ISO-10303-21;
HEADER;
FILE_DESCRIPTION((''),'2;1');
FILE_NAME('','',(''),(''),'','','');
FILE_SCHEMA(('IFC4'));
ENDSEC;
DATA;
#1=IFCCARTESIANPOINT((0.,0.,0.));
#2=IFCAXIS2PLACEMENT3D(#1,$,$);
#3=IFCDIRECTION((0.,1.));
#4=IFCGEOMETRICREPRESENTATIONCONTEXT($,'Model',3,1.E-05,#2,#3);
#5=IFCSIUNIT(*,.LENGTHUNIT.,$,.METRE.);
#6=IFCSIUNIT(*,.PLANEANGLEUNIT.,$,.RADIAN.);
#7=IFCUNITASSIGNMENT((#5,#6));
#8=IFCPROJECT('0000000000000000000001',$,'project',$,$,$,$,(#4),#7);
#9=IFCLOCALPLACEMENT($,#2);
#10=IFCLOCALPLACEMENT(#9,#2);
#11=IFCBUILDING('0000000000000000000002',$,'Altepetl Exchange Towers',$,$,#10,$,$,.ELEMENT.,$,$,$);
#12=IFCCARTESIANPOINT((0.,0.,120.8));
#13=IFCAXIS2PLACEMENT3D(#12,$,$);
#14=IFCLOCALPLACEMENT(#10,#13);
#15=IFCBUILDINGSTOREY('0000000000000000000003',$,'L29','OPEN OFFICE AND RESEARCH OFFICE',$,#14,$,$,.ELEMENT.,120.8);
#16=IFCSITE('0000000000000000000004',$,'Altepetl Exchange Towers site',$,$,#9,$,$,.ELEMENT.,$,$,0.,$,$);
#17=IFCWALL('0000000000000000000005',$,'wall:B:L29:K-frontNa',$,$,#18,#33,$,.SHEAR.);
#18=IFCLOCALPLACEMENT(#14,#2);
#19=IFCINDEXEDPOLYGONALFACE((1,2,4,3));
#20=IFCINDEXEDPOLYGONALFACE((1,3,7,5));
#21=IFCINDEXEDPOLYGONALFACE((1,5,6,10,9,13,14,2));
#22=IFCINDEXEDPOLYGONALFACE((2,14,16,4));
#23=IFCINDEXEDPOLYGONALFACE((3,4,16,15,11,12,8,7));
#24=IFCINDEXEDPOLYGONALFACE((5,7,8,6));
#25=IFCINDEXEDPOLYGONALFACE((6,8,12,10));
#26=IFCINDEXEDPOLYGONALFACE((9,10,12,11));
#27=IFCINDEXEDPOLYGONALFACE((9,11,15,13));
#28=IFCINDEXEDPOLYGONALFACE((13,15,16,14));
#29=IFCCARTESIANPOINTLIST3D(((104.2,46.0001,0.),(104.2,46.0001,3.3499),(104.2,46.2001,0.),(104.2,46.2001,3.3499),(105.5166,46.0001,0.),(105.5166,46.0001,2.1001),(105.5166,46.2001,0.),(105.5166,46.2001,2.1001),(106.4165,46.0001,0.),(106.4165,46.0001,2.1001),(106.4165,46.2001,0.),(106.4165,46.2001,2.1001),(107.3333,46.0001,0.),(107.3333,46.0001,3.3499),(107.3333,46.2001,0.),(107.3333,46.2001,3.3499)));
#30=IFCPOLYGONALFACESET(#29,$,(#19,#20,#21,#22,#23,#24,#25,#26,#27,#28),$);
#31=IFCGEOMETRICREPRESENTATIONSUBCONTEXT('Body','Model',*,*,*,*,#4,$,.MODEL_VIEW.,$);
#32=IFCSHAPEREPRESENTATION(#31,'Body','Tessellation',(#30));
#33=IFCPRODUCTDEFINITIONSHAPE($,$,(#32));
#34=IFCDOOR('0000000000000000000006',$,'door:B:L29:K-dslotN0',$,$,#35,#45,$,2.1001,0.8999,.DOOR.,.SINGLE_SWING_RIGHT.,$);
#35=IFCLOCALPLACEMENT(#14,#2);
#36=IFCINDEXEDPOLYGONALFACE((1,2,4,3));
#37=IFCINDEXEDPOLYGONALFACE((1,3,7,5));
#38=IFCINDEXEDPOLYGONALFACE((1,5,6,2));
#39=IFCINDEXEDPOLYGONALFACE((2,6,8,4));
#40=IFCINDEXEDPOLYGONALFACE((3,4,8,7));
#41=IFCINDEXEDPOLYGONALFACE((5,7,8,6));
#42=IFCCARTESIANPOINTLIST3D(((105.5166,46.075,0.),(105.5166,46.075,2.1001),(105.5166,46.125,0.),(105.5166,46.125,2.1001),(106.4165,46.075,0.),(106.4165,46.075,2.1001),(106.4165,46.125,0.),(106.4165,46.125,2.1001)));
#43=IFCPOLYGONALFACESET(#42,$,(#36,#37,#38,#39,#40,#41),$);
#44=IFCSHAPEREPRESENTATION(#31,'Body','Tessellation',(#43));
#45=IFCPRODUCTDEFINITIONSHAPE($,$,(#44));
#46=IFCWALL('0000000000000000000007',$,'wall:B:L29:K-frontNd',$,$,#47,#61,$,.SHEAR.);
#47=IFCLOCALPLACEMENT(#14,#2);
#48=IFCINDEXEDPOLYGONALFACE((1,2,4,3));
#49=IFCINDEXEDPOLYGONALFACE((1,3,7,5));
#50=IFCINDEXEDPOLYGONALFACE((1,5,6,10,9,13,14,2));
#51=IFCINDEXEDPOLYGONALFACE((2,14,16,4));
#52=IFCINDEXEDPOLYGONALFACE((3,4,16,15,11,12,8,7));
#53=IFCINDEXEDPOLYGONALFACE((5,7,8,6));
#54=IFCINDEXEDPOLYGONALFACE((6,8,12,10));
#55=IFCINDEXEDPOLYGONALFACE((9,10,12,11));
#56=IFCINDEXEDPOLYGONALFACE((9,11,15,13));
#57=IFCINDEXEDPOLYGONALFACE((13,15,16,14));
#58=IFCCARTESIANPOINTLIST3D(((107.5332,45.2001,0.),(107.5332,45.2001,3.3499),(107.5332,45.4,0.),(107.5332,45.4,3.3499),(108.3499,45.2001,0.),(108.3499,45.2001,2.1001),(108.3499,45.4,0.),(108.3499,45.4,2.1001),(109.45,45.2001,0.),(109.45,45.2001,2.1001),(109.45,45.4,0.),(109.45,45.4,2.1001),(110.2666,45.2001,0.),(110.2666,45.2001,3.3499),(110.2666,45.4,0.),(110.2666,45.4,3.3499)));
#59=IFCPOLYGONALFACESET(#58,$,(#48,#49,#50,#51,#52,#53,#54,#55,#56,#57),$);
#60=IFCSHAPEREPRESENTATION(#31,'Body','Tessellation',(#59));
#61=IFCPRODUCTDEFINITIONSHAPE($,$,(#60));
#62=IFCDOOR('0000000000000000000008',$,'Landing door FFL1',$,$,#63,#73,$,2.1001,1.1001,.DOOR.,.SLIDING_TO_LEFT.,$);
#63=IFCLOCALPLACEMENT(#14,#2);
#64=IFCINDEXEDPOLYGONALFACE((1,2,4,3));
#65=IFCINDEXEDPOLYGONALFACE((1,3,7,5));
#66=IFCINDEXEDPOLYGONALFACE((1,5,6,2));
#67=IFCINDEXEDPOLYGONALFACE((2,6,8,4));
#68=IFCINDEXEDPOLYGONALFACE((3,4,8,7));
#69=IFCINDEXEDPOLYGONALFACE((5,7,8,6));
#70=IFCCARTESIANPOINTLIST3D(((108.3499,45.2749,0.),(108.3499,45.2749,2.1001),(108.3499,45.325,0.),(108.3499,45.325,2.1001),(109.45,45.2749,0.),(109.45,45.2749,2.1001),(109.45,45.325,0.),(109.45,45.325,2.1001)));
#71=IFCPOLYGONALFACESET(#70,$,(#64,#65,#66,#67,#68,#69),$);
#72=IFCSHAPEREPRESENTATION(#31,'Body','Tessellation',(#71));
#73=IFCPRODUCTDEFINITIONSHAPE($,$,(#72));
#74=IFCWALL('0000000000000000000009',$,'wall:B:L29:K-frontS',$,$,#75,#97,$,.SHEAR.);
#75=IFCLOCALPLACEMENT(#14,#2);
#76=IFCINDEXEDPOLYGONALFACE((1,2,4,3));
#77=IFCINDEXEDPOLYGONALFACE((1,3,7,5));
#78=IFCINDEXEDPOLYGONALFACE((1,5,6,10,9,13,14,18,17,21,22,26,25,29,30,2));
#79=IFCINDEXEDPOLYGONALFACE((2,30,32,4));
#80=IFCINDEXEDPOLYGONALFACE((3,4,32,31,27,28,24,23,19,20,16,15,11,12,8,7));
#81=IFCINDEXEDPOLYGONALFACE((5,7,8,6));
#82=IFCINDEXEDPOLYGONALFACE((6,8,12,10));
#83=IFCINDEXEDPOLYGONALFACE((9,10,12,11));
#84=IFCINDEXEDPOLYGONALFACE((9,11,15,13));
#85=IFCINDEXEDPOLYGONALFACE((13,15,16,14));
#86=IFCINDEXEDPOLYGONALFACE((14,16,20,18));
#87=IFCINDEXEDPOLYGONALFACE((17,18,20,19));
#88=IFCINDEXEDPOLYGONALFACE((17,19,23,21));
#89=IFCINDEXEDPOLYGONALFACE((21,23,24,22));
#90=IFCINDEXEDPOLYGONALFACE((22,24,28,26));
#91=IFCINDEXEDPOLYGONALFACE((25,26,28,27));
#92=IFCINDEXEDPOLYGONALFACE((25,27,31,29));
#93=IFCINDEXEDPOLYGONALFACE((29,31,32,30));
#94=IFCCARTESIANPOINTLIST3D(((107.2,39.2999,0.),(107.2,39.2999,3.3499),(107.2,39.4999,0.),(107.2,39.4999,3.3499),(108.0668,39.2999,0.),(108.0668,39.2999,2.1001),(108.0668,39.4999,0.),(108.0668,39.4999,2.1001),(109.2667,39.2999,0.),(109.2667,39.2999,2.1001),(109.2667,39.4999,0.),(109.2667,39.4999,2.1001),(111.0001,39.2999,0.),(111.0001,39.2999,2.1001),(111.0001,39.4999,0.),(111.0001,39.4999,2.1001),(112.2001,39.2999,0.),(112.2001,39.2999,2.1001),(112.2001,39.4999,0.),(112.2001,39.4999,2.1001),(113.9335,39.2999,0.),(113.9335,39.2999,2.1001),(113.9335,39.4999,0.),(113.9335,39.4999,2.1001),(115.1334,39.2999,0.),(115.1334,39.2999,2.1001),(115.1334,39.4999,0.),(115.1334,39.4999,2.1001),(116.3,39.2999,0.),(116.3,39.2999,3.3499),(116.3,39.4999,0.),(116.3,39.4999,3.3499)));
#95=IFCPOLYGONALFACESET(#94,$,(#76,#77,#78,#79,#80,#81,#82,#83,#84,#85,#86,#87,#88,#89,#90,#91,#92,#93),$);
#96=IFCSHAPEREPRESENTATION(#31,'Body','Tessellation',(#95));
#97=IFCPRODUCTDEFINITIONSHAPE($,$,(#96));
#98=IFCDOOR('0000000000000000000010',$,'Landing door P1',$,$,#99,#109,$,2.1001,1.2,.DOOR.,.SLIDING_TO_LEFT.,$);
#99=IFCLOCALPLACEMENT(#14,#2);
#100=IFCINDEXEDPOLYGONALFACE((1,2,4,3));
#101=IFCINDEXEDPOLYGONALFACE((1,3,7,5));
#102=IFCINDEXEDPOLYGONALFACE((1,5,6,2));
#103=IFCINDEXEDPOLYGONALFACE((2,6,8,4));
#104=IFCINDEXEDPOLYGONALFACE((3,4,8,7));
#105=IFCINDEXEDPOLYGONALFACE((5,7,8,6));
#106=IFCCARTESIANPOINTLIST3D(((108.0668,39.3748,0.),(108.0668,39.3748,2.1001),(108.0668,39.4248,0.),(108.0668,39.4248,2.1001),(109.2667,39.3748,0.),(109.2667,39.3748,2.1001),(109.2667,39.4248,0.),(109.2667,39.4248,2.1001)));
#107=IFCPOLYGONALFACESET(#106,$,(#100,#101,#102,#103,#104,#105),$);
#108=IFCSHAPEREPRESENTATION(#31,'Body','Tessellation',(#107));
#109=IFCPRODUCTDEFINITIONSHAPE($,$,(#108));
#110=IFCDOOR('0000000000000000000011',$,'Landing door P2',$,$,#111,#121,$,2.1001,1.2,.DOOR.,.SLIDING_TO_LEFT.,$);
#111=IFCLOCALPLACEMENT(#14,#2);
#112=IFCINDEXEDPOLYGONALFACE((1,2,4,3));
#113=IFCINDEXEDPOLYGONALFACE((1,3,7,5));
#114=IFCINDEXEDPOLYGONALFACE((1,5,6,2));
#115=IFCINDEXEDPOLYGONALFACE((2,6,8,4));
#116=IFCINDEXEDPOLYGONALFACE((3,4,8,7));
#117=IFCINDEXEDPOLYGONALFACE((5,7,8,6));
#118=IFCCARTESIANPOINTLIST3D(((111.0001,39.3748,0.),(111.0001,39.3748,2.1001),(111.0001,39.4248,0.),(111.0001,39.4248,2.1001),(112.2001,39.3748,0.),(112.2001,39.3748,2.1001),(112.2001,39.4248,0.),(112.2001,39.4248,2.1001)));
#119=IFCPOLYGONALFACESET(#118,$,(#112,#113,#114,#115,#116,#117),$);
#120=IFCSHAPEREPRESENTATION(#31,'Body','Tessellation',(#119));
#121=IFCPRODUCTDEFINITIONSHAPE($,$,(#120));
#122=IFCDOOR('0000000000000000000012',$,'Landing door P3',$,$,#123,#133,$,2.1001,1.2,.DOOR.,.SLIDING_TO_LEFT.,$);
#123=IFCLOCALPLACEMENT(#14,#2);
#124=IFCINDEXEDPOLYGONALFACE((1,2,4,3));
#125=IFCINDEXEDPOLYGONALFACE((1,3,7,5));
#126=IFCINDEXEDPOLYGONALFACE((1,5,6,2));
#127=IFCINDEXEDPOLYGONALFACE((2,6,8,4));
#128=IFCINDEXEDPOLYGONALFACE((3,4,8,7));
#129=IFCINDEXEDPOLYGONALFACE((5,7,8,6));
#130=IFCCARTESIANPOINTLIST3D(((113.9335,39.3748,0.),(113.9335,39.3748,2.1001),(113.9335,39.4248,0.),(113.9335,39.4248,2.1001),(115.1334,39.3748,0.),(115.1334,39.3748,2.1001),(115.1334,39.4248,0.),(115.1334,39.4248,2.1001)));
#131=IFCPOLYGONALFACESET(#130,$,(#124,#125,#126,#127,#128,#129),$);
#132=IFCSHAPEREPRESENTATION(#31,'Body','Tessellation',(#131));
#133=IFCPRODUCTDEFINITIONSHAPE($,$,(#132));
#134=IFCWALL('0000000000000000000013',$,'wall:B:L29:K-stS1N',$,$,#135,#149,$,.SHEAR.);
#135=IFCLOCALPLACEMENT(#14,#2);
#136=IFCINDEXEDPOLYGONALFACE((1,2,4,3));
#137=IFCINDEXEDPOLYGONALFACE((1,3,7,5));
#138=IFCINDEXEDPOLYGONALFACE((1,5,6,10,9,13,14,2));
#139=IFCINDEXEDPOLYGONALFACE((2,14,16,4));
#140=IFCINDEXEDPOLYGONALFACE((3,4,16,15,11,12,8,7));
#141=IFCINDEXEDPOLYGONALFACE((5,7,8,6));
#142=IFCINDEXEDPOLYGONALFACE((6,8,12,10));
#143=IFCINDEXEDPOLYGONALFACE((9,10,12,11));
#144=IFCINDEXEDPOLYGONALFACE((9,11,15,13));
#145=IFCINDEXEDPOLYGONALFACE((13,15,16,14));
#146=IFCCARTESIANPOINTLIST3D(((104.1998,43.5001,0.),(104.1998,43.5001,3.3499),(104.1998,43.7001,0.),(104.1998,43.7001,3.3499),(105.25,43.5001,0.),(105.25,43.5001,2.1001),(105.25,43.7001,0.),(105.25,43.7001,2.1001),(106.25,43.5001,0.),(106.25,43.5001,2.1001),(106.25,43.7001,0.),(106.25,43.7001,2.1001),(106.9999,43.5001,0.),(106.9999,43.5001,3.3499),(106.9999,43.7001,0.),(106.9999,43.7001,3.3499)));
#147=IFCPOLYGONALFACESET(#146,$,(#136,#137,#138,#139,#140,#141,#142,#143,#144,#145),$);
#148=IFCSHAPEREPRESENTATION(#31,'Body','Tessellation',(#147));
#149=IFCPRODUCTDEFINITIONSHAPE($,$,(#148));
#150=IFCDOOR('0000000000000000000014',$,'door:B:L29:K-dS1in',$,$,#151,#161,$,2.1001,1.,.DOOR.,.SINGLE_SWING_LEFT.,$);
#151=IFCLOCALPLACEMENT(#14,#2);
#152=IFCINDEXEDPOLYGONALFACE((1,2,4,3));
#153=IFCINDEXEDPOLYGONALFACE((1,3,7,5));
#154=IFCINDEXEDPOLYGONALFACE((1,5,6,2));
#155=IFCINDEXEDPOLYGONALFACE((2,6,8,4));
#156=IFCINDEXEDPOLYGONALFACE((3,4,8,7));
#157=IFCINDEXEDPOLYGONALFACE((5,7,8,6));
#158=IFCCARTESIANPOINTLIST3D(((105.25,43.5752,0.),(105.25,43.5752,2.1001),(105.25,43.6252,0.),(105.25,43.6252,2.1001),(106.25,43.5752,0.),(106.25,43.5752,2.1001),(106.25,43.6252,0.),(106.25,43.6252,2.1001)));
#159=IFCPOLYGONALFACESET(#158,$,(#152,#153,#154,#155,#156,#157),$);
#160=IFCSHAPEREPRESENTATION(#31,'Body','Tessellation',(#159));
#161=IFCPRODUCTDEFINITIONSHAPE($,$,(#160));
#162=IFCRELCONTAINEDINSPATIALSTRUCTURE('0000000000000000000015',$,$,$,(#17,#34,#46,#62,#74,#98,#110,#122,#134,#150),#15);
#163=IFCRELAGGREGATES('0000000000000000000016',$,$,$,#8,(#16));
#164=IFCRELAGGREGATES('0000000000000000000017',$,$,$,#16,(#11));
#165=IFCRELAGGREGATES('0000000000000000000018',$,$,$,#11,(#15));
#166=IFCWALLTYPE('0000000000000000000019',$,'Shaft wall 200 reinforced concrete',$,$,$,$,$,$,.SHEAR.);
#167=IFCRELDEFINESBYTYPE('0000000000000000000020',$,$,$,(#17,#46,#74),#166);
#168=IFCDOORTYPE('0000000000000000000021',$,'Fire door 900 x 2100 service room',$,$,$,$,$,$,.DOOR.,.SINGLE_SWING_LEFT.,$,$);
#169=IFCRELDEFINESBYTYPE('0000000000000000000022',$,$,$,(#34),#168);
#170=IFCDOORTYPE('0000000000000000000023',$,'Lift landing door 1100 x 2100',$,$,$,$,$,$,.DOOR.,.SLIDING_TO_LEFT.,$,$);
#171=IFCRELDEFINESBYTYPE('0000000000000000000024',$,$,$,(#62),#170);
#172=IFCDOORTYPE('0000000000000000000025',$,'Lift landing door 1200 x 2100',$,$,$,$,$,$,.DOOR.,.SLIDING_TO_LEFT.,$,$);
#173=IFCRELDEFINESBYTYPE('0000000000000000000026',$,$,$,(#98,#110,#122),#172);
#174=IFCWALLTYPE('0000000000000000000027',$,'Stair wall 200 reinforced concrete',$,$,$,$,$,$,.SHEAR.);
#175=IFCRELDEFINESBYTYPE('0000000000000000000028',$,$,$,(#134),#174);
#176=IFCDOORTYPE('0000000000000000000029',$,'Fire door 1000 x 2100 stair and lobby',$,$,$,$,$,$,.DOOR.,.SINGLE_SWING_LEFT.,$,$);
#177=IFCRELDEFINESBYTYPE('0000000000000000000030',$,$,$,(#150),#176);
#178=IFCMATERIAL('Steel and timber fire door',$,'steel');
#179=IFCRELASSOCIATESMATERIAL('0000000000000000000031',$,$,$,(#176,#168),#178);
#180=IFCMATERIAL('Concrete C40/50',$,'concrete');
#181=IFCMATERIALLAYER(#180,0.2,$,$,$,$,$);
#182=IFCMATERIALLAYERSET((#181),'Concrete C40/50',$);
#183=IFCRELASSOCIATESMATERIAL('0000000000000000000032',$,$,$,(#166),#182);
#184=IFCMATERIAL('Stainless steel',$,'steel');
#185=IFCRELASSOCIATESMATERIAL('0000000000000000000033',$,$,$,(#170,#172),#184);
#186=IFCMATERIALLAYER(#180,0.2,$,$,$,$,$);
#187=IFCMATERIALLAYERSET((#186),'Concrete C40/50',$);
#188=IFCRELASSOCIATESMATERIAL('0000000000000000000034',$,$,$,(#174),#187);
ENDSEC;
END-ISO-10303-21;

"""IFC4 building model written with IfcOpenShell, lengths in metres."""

from ifc_helpers import new_model, si_unit, direction, frame, frame_2d, origin, place, context, subcontext, project, spatial, rectangle, extrude, material, layer, layer_set, type_object, element, fill, save


model = new_model("IFC4")

# Units and contexts
model_context = context("Model", 3, precision=1e-05, world=origin(), true_north=direction((0.0, 1.0)))
body_context = subcontext(model_context, "Body", "Model", "MODEL_VIEW")
ifc_project = project(units=[si_unit("LENGTHUNIT", "METRE"), si_unit("PLANEANGLEUNIT", "RADIAN")], contexts=[model_context])

# Site, building, storey
site_placement = place(None, origin())
site = spatial("IfcSite", under=ifc_project, at=site_placement, Name="Altepetl Exchange Towers site", CompositionType="ELEMENT", RefElevation=0.0)
building_placement = place(site_placement, origin())
building = spatial("IfcBuilding", under=site, at=building_placement, Name="Altepetl Exchange Towers", CompositionType="ELEMENT")
storey_placement = place(building_placement, frame((0.0, 0.0, 120.8)))
storey = spatial("IfcBuildingStorey", under=building, at=storey_placement, Name="L29", Description="OPEN OFFICE AND RESEARCH OFFICE", CompositionType="ELEMENT", Elevation=120.8)

# Shared definitions
ifc_material_1 = material(Name="Steel and timber fire door", Category="steel")
door_type_1 = type_object("IfcDoorType", Name="Fire door 1000 x 2100 stair and lobby", OperationType="SINGLE_SWING_LEFT", PredefinedType="DOOR", material=ifc_material_1)
door_type_2 = type_object("IfcDoorType", Name="Fire door 900 x 2100 service room", OperationType="SINGLE_SWING_LEFT", PredefinedType="DOOR", material=ifc_material_1)

# Shared definitions
ifc_material_2 = material(Name="Concrete C40/50", Category="concrete")
ifc_layer_1 = layer(ifc_material_2, 0.2)
ifc_layer_set_1 = layer_set([ifc_layer_1], Name="Concrete C40/50")
wall_type_1 = type_object("IfcWallType", Name="Shaft wall 200 reinforced concrete", PredefinedType="SHEAR", material=ifc_layer_set_1)

# Walls, openings, doors
wall_1_placement = place(storey_placement, frame((104.2, 46.1001, 0.0)))
wall_1 = element("IfcWall", 1, at=wall_1_placement, inside=storey, type_object=wall_type_1, Name="wall:B:L29:K-frontNa", PredefinedType="SHEAR", context=body_context, shape_type="SweptSolid", body=[
    extrude(rectangle(XDim=3.1333, YDim=0.2, at=frame_2d((1.5667, 0.0))), origin(), (0.0, 0.0, 1.0), 3.3499),
])
opening_1_placement = place(wall_1_placement, frame((1.3167, 0.0, 0.0)))
opening_1 = element("IfcOpeningElement", 2, at=opening_1_placement, cuts=wall_1, PredefinedType="OPENING", context=body_context, shape_type="SweptSolid", body=[
    extrude(rectangle(XDim=0.8999, YDim=2.1001, at=frame_2d((0.45, 1.05))), frame((0.0, 0.1099, 0.0), z_axis=(0.0, -1.0, 0.0), x_axis=(1.0, 0.0, 0.0)), (0.0, 0.0, 1.0), 0.22),
])
door_1_placement = place(opening_1_placement, origin())
door_1 = element("IfcDoor", 3, at=door_1_placement, inside=storey, type_object=door_type_2, Name="door:B:L29:K-dslotN0", OperationType="SINGLE_SWING_RIGHT", OverallHeight=2.1001, OverallWidth=0.8999, PredefinedType="DOOR", context=body_context, shape_type="SweptSolid", body=[
    extrude(rectangle(XDim=0.8999, YDim=2.1001, at=frame_2d((0.45, 1.05))), frame((0.0, 0.0249, 0.0), z_axis=(0.0, -1.0, 0.0), x_axis=(1.0, 0.0, 0.0)), (0.0, 0.0, 1.0), 0.05),
])
fill(opening_1, door_1)
wall_2_placement = place(storey_placement, frame((107.5332, 45.3, 0.0)))
wall_2 = element("IfcWall", 4, at=wall_2_placement, inside=storey, type_object=wall_type_1, Name="wall:B:L29:K-frontNd", PredefinedType="SHEAR", context=body_context, shape_type="SweptSolid", body=[
    extrude(rectangle(XDim=2.7334, YDim=0.2, at=frame_2d((1.3667, 0.0))), origin(), (0.0, 0.0, 1.0), 3.3499),
])
opening_2_placement = place(wall_2_placement, frame((0.8167, 0.0, 0.0)))
opening_2 = element("IfcOpeningElement", 5, at=opening_2_placement, cuts=wall_2, PredefinedType="OPENING", context=body_context, shape_type="SweptSolid", body=[
    extrude(rectangle(XDim=1.1001, YDim=2.1001, at=frame_2d((0.55, 1.05))), frame((0.0, 0.1099, 0.0), z_axis=(0.0, -1.0, 0.0), x_axis=(1.0, 0.0, 0.0)), (0.0, 0.0, 1.0), 0.22),
])
ifc_material_3 = material(Name="Stainless steel", Category="steel")
door_type_3 = type_object("IfcDoorType", Name="Lift landing door 1100 x 2100", OperationType="SLIDING_TO_LEFT", PredefinedType="DOOR", material=ifc_material_3)
door_2_placement = place(opening_2_placement, origin())
door_2 = element("IfcDoor", 6, at=door_2_placement, inside=storey, type_object=door_type_3, Name="Landing door FFL1", OperationType="SLIDING_TO_LEFT", OverallHeight=2.1001, OverallWidth=1.1001, PredefinedType="DOOR", context=body_context, shape_type="SweptSolid", body=[
    extrude(rectangle(XDim=1.1001, YDim=2.1001, at=frame_2d((0.55, 1.05))), frame((0.0, 0.0249, 0.0), z_axis=(0.0, -1.0, 0.0), x_axis=(1.0, 0.0, 0.0)), (0.0, 0.0, 1.0), 0.05),
])
fill(opening_2, door_2)

# Wall, openings, doors
wall_3_placement = place(storey_placement, frame((107.2, 39.3999, 0.0)))
wall_3 = element("IfcWall", 7, at=wall_3_placement, inside=storey, type_object=wall_type_1, Name="wall:B:L29:K-frontS", PredefinedType="SHEAR", context=body_context, shape_type="SweptSolid", body=[
    extrude(rectangle(XDim=9.1001, YDim=0.2, at=frame_2d((4.55, 0.0))), origin(), (0.0, 0.0, 1.0), 3.3499),
])
opening_3_placement = place(wall_3_placement, frame((0.8667, 0.0, 0.0)))
opening_3 = element("IfcOpeningElement", 8, at=opening_3_placement, cuts=wall_3, PredefinedType="OPENING", context=body_context, shape_type="SweptSolid", body=[
    extrude(rectangle(XDim=1.2, YDim=2.1001, at=frame_2d((0.6001, 1.05))), frame((0.0, 0.1099, 0.0), z_axis=(0.0, -1.0, 0.0), x_axis=(1.0, 0.0, 0.0)), (0.0, 0.0, 1.0), 0.22),
])
opening_4_placement = place(wall_3_placement, frame((3.8, 0.0, 0.0)))
opening_4 = element("IfcOpeningElement", 9, at=opening_4_placement, cuts=wall_3, PredefinedType="OPENING", context=body_context, shape_type="SweptSolid", body=[
    extrude(rectangle(XDim=1.2, YDim=2.1001, at=frame_2d((0.6001, 1.05))), frame((0.0, 0.1099, 0.0), z_axis=(0.0, -1.0, 0.0), x_axis=(1.0, 0.0, 0.0)), (0.0, 0.0, 1.0), 0.22),
])
opening_5_placement = place(wall_3_placement, frame((6.7334, 0.0, 0.0)))
opening_5 = element("IfcOpeningElement", 10, at=opening_5_placement, cuts=wall_3, PredefinedType="OPENING", context=body_context, shape_type="SweptSolid", body=[
    extrude(rectangle(XDim=1.2, YDim=2.1001, at=frame_2d((0.6001, 1.05))), frame((0.0, 0.1099, 0.0), z_axis=(0.0, -1.0, 0.0), x_axis=(1.0, 0.0, 0.0)), (0.0, 0.0, 1.0), 0.22),
])
door_type_4 = type_object("IfcDoorType", Name="Lift landing door 1200 x 2100", OperationType="SLIDING_TO_LEFT", PredefinedType="DOOR", material=ifc_material_3)
door_3_placement = place(opening_3_placement, origin())
door_3 = element("IfcDoor", 11, at=door_3_placement, inside=storey, type_object=door_type_4, Name="Landing door P1", OperationType="SLIDING_TO_LEFT", OverallHeight=2.1001, OverallWidth=1.2, PredefinedType="DOOR", context=body_context, shape_type="SweptSolid", body=[
    extrude(rectangle(XDim=1.2, YDim=2.1001, at=frame_2d((0.6001, 1.05))), frame((0.0, 0.0249, 0.0), z_axis=(0.0, -1.0, 0.0), x_axis=(1.0, 0.0, 0.0)), (0.0, 0.0, 1.0), 0.05),
])
fill(opening_3, door_3)
door_4_placement = place(opening_4_placement, origin())
door_4 = element("IfcDoor", 12, at=door_4_placement, inside=storey, type_object=door_type_4, Name="Landing door P2", OperationType="SLIDING_TO_LEFT", OverallHeight=2.1001, OverallWidth=1.2, PredefinedType="DOOR", context=body_context, shape_type="SweptSolid", body=[
    extrude(rectangle(XDim=1.2, YDim=2.1001, at=frame_2d((0.6001, 1.05))), frame((0.0, 0.0249, 0.0), z_axis=(0.0, -1.0, 0.0), x_axis=(1.0, 0.0, 0.0)), (0.0, 0.0, 1.0), 0.05),
])
fill(opening_4, door_4)
door_5_placement = place(opening_5_placement, origin())
door_5 = element("IfcDoor", 13, at=door_5_placement, inside=storey, type_object=door_type_4, Name="Landing door P3", OperationType="SLIDING_TO_LEFT", OverallHeight=2.1001, OverallWidth=1.2, PredefinedType="DOOR", context=body_context, shape_type="SweptSolid", body=[
    extrude(rectangle(XDim=1.2, YDim=2.1001, at=frame_2d((0.6001, 1.05))), frame((0.0, 0.0249, 0.0), z_axis=(0.0, -1.0, 0.0), x_axis=(1.0, 0.0, 0.0)), (0.0, 0.0, 1.0), 0.05),
])
fill(opening_5, door_5)

# Wall, opening, door
ifc_layer_2 = layer(ifc_material_2, 0.2)
ifc_layer_set_2 = layer_set([ifc_layer_2], Name="Concrete C40/50")
wall_type_2 = type_object("IfcWallType", Name="Stair wall 200 reinforced concrete", PredefinedType="SHEAR", material=ifc_layer_set_2)
wall_4_placement = place(storey_placement, frame((104.2, 43.6001, 0.0)))
wall_4 = element("IfcWall", 14, at=wall_4_placement, inside=storey, type_object=wall_type_2, Name="wall:B:L29:K-stS1N", PredefinedType="SHEAR", context=body_context, shape_type="SweptSolid", body=[
    extrude(rectangle(XDim=2.8, YDim=0.2, at=frame_2d((1.3999, 0.0))), origin(), (0.0, 0.0, 1.0), 3.3499),
])
opening_6_placement = place(wall_4_placement, frame((1.05, 0.0, 0.0)))
opening_6 = element("IfcOpeningElement", 15, at=opening_6_placement, cuts=wall_4, PredefinedType="OPENING", context=body_context, shape_type="SweptSolid", body=[
    extrude(rectangle(XDim=1.0, YDim=2.1001, at=frame_2d((0.5, 1.05))), frame((0.0, 0.1099, 0.0), z_axis=(0.0, -1.0, 0.0), x_axis=(1.0, 0.0, 0.0)), (0.0, 0.0, 1.0), 0.22),
])
door_6_placement = place(opening_6_placement, frame((1.0, 0.0, 0.0), x_axis=(-1.0, 0.0, 0.0)))
door_6 = element("IfcDoor", 16, at=door_6_placement, inside=storey, type_object=door_type_1, Name="door:B:L29:K-dS1in", OperationType="SINGLE_SWING_LEFT", OverallHeight=2.1001, OverallWidth=1.0, PredefinedType="DOOR", context=body_context, shape_type="SweptSolid", body=[
    extrude(rectangle(XDim=1.0, YDim=2.1001, at=frame_2d((0.5, 1.05))), frame((0.0, 0.0249, 0.0), z_axis=(0.0, -1.0, 0.0), x_axis=(1.0, 0.0, 0.0)), (0.0, 0.0, 1.0), 0.05),
])
fill(opening_6, door_6)

save(model, "model.ifc")
